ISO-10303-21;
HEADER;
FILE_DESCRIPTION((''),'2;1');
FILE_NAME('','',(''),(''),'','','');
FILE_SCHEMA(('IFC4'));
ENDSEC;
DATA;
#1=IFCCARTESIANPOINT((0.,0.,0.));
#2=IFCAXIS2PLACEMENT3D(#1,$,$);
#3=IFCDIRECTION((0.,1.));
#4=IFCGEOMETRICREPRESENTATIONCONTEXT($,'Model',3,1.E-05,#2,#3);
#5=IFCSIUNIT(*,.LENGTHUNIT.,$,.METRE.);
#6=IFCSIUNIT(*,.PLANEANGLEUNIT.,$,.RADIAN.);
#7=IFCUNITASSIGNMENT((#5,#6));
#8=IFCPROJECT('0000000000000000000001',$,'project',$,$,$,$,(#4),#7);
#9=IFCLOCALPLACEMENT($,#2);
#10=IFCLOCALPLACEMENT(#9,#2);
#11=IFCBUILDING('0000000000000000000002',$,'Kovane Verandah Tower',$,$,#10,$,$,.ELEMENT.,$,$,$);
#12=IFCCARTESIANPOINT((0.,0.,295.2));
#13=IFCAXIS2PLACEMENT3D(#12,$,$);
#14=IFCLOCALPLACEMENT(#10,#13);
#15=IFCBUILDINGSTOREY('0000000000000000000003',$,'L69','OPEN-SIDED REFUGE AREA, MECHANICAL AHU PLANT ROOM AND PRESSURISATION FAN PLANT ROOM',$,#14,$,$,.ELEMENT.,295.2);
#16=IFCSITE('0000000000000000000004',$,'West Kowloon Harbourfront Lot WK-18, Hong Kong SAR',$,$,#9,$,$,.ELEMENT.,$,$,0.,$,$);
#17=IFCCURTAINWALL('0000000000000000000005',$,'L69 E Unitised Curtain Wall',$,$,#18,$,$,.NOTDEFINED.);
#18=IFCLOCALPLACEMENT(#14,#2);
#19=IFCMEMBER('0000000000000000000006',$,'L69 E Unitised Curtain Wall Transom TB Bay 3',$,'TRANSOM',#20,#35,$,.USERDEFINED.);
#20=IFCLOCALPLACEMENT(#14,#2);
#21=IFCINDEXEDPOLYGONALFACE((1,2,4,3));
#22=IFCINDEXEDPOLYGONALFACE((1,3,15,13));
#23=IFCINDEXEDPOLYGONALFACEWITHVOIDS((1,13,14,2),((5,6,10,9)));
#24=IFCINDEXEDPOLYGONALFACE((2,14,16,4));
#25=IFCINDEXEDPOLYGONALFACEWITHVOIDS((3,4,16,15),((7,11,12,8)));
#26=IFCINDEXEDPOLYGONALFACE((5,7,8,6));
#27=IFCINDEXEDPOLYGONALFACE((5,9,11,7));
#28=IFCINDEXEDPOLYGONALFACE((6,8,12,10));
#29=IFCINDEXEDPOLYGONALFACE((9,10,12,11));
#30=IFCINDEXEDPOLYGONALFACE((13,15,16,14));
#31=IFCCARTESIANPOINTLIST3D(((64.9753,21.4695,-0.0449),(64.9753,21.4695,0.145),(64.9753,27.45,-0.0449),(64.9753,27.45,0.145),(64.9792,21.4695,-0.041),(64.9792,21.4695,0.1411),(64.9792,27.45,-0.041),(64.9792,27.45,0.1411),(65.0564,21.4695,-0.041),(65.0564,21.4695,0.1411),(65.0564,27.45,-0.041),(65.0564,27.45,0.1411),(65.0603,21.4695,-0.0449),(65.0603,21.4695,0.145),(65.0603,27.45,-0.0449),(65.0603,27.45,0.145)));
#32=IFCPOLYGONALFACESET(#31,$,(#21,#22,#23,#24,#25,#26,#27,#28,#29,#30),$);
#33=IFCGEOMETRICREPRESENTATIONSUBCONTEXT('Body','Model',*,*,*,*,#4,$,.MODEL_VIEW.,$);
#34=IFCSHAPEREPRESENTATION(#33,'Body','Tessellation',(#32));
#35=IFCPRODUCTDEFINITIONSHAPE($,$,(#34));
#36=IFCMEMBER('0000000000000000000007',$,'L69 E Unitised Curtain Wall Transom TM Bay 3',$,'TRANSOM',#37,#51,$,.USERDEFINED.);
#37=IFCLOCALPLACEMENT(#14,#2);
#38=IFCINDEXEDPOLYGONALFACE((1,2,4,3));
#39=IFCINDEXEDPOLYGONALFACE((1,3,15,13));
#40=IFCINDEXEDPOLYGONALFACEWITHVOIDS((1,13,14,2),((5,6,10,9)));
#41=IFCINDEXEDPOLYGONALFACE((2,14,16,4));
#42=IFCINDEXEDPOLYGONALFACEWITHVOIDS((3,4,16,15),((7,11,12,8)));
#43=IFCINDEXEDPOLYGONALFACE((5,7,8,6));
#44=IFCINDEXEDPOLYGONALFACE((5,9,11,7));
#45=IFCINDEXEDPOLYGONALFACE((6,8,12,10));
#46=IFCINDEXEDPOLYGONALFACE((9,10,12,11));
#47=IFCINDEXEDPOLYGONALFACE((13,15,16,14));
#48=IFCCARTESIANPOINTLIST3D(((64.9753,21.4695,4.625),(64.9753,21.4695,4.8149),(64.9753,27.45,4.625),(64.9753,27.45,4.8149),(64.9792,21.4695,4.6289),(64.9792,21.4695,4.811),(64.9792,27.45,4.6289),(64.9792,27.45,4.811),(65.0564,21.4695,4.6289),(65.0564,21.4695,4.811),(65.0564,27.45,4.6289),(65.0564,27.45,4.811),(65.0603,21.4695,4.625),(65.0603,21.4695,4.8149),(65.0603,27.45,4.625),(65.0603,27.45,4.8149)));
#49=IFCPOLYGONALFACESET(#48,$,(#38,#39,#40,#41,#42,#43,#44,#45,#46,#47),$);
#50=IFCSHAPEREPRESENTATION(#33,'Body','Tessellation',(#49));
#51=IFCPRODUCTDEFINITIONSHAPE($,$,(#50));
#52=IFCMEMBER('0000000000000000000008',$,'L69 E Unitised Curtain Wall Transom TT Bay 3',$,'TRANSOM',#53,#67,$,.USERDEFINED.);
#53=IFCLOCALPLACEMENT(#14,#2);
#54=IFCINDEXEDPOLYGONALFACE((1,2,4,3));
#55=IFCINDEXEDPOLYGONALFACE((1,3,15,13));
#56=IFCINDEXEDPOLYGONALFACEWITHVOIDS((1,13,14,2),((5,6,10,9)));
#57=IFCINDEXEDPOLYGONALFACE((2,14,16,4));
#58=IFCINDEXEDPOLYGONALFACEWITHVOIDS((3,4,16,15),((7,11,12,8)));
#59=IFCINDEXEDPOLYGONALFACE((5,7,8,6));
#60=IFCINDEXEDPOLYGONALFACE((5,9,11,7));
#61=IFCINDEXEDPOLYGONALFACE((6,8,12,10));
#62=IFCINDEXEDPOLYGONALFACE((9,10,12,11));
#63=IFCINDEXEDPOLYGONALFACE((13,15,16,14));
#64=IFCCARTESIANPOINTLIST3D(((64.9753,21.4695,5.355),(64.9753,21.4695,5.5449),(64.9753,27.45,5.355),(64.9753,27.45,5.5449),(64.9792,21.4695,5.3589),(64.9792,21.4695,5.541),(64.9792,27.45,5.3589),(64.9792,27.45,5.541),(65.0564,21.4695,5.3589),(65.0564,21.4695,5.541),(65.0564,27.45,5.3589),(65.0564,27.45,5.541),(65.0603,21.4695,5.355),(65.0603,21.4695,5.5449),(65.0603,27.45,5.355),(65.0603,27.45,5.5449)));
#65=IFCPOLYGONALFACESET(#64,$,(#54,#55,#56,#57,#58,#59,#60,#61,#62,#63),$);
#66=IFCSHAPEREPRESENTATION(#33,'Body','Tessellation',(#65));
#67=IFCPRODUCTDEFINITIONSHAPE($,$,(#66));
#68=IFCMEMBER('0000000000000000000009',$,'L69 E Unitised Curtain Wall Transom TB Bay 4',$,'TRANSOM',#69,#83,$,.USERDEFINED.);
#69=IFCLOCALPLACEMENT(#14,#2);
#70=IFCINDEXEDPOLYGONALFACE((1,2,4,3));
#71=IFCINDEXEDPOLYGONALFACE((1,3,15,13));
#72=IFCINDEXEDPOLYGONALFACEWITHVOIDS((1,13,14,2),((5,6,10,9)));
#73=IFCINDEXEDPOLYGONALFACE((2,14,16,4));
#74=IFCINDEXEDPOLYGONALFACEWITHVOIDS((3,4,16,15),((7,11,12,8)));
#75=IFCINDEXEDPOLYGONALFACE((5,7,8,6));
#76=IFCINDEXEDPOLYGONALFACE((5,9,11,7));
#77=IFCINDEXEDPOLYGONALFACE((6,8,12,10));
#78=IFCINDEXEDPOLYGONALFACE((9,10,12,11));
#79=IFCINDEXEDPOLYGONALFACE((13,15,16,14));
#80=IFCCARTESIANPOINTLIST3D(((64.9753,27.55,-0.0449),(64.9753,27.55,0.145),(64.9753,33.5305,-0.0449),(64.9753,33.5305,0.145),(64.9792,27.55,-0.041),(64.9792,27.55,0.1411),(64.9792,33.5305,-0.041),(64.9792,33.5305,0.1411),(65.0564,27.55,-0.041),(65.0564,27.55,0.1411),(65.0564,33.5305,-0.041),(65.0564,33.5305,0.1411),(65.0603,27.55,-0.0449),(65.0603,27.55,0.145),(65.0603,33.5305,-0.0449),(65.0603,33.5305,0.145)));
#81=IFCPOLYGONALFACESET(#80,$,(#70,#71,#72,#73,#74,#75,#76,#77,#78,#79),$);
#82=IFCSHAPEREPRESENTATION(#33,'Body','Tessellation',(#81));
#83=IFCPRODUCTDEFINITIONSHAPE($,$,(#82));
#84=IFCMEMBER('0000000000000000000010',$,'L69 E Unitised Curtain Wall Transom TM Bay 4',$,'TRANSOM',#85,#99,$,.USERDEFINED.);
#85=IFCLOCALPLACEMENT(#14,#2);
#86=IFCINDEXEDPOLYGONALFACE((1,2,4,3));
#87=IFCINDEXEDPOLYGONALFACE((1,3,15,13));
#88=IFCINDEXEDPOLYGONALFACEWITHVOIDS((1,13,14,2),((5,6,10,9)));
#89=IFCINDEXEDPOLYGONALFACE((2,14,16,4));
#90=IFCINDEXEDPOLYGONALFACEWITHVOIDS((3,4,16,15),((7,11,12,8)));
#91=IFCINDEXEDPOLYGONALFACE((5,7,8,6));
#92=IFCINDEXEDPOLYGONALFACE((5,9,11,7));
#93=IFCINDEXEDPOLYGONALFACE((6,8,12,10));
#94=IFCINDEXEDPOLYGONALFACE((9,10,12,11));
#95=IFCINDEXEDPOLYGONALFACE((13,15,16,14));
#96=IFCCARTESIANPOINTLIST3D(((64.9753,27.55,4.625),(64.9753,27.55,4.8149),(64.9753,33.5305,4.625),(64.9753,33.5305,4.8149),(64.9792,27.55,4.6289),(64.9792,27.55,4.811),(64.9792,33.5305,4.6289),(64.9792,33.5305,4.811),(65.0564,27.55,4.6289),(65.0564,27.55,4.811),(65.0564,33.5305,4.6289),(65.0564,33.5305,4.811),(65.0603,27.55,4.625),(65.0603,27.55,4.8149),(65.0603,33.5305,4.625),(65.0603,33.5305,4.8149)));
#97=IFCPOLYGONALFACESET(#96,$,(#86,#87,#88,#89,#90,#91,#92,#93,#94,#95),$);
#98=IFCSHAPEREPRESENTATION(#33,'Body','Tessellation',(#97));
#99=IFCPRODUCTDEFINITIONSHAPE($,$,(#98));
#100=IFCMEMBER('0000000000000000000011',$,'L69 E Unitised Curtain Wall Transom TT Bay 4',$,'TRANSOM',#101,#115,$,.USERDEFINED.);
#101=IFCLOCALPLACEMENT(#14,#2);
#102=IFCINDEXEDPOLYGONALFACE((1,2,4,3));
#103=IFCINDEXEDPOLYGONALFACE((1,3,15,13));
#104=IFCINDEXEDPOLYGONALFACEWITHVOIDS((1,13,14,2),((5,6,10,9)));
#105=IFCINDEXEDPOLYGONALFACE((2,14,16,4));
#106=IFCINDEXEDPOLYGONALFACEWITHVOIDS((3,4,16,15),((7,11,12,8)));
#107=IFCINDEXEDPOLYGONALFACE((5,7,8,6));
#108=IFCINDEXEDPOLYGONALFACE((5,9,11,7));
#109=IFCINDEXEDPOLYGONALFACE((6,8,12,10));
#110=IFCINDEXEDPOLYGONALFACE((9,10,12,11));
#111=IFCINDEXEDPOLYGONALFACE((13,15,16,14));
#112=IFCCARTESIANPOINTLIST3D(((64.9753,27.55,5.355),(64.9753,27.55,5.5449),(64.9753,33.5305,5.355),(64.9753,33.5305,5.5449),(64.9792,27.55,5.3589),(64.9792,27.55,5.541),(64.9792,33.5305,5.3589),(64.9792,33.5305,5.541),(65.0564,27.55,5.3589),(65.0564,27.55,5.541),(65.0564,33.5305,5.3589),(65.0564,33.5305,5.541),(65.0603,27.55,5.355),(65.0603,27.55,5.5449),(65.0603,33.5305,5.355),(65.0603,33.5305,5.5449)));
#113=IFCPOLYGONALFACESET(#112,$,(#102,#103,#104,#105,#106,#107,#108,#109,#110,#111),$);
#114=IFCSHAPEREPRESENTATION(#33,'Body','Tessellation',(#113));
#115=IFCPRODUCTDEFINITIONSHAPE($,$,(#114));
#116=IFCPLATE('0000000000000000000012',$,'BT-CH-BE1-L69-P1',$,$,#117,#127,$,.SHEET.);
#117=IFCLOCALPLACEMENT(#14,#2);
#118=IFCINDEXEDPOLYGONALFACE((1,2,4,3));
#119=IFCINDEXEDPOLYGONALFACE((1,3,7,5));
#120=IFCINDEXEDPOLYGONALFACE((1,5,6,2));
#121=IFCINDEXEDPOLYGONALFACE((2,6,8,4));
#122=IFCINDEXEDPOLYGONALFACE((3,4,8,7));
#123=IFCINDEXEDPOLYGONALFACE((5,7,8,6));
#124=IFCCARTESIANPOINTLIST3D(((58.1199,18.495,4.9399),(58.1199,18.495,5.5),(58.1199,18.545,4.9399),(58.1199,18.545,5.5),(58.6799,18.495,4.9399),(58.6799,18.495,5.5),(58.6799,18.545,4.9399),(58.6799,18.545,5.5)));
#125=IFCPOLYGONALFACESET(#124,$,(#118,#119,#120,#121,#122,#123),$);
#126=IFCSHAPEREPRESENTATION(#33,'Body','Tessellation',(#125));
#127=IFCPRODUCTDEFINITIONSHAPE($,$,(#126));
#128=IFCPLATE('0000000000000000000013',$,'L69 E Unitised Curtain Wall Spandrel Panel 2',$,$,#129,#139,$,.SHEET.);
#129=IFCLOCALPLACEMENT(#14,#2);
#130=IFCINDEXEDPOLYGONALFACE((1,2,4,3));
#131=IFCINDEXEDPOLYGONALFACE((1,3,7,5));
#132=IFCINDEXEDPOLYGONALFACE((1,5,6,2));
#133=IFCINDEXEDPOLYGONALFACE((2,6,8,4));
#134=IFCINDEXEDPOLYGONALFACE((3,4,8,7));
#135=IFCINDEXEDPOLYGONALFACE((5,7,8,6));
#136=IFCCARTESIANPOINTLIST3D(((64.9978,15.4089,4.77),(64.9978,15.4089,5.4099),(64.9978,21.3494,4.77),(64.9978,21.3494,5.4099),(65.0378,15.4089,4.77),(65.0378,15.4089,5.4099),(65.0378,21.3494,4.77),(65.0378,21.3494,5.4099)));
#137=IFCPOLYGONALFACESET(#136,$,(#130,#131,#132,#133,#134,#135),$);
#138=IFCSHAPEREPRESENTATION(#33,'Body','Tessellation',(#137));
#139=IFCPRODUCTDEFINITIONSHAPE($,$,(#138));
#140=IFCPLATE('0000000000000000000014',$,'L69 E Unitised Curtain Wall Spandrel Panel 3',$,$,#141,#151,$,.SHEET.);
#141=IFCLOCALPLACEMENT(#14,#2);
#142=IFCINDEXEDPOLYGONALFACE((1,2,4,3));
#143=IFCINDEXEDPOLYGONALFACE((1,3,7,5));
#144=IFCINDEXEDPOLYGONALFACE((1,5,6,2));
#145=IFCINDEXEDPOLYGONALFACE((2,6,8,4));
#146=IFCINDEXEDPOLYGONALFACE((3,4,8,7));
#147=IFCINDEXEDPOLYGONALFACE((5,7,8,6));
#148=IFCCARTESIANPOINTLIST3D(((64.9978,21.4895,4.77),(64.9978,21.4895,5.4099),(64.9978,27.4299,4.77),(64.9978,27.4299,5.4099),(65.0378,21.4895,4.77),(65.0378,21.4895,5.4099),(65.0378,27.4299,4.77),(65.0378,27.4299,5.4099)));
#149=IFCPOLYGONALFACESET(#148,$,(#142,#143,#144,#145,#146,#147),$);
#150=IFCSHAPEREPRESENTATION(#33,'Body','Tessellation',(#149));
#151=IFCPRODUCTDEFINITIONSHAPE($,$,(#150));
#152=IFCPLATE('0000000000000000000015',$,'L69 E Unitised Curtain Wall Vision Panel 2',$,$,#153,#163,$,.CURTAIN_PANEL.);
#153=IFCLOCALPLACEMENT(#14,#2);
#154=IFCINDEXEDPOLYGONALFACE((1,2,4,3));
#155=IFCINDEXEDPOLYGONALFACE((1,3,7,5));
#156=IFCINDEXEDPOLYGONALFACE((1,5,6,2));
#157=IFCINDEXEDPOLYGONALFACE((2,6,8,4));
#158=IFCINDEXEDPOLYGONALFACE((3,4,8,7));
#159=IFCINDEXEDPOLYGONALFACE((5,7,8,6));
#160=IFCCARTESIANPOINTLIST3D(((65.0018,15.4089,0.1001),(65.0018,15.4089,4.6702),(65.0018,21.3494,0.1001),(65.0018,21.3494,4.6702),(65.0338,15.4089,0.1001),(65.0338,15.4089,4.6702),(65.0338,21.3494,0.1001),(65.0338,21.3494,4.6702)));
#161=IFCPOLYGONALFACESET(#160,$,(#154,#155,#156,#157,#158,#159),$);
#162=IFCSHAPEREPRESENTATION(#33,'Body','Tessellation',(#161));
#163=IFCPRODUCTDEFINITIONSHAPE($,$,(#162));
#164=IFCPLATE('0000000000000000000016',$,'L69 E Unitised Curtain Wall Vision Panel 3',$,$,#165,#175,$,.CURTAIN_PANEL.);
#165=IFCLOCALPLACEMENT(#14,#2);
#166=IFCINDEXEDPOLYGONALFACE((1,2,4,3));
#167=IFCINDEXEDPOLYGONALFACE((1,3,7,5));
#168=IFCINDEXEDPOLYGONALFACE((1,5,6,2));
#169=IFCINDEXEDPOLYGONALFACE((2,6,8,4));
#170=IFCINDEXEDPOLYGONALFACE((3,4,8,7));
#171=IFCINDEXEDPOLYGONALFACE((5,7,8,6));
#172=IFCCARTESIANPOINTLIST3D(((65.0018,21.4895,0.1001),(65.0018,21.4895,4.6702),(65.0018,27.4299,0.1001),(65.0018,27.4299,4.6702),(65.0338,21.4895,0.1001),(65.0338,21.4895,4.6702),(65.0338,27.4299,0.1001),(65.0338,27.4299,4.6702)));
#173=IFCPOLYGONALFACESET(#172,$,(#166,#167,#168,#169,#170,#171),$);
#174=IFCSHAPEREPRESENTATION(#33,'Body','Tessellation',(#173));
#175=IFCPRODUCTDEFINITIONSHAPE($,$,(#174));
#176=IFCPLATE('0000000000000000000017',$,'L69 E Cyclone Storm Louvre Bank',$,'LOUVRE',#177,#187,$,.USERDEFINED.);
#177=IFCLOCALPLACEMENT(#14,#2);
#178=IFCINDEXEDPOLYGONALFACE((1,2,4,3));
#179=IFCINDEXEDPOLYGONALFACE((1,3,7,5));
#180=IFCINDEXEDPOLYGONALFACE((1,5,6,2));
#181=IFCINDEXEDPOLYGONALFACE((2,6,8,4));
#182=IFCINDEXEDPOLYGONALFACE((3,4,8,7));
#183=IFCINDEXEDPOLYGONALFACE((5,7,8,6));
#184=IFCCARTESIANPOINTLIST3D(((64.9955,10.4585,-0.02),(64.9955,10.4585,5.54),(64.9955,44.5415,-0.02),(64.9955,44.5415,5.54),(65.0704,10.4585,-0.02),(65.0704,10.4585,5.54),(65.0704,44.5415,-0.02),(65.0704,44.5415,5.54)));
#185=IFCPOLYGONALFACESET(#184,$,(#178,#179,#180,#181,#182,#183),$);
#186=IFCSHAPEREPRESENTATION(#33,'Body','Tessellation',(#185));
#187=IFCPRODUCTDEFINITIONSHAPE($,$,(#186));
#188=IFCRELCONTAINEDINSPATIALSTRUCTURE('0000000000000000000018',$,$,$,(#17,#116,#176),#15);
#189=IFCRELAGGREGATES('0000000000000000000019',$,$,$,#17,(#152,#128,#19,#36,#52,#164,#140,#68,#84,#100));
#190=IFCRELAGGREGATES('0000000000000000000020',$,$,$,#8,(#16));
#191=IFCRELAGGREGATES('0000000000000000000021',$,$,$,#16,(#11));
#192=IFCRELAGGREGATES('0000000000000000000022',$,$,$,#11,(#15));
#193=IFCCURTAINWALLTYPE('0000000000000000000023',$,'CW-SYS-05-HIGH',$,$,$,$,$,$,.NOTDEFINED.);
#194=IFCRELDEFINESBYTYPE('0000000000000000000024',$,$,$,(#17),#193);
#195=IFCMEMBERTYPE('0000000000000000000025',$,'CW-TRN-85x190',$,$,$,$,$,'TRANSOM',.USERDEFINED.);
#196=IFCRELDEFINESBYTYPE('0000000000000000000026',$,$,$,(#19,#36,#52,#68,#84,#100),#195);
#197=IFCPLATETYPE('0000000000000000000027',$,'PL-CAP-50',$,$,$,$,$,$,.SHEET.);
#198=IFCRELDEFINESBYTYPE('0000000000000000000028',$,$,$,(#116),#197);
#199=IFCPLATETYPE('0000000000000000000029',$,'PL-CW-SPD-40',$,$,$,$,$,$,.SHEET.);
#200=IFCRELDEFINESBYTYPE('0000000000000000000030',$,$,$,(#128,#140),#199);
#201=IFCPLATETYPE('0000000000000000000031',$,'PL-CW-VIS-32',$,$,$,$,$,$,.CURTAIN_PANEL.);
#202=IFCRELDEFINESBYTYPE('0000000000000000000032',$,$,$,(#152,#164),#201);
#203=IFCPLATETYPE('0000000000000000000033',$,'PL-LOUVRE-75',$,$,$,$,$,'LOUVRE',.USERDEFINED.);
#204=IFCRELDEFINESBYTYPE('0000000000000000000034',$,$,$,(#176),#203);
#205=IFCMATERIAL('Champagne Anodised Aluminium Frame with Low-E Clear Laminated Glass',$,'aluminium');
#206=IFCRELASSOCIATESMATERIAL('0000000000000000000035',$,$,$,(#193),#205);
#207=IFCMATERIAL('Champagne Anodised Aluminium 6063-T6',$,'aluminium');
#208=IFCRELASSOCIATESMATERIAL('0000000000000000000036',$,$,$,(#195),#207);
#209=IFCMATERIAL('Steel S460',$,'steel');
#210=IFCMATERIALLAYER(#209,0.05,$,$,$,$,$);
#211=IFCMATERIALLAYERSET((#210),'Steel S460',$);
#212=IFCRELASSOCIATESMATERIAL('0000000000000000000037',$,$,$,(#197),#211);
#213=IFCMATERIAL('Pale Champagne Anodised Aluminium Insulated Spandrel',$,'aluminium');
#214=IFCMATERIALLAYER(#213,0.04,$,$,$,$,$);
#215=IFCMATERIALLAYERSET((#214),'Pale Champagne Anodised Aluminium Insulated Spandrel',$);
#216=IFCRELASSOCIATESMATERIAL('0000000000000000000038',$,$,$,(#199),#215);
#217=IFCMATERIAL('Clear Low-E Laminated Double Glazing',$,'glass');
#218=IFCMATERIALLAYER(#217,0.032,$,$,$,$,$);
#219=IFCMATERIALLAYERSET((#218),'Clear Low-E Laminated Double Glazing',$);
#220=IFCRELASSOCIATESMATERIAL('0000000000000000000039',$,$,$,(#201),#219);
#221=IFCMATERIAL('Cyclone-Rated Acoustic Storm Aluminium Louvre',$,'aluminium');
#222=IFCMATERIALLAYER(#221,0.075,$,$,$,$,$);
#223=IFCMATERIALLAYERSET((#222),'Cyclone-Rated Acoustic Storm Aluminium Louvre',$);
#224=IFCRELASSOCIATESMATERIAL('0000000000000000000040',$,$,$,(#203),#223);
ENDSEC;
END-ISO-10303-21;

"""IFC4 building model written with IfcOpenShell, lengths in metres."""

from ifc_helpers import new_model, si_unit, direction, frame, origin, origin_2d, place, context, subcontext, project, spatial, rectangle, hollow_rectangle, extrude, material, layer, layer_set, material_profile, profile_set, type_object, element, aggregate, save


model = new_model("IFC4")

# Units and contexts
model_context = context("Model", 3, precision=1e-05, world=origin(), true_north=direction((0.0, 1.0)))
body_context = subcontext(model_context, "Body", "Model", "MODEL_VIEW")
ifc_project = project(units=[si_unit("LENGTHUNIT", "METRE"), si_unit("PLANEANGLEUNIT", "RADIAN")], contexts=[model_context])

# Site, building, storey
site_placement = place(None, origin())
site = spatial("IfcSite", under=ifc_project, at=site_placement, Name="West Kowloon Harbourfront Lot WK-18, Hong Kong SAR", CompositionType="ELEMENT", RefElevation=0.0)
building_placement = place(site_placement, origin())
building = spatial("IfcBuilding", under=site, at=building_placement, Name="Kovane Verandah Tower", CompositionType="ELEMENT")
storey_placement = place(building_placement, frame((0.0, 0.0, 295.2)))
storey = spatial("IfcBuildingStorey", under=building, at=storey_placement, Name="L69", Description="OPEN-SIDED REFUGE AREA, MECHANICAL AHU PLANT ROOM AND PRESSURISATION FAN PLANT ROOM", CompositionType="ELEMENT", Elevation=295.2)

# Shared definitions
ifc_material_1 = material(Name="Steel S460", Category="steel")

# Curtain wall, members
ifc_material_2 = material(Name="Champagne Anodised Aluminium Frame with Low-E Clear Laminated Glass", Category="aluminium")
curtain_wall_type = type_object("IfcCurtainWallType", Name="CW-SYS-05-HIGH", PredefinedType="NOTDEFINED", material=ifc_material_2)
curtain_wall_placement = place(storey_placement, origin())
curtain_wall = element("IfcCurtainWall", 1, at=curtain_wall_placement, inside=storey, type_object=curtain_wall_type, Name="L69 E Unitised Curtain Wall", PredefinedType="NOTDEFINED")
ifc_material_3 = material(Name="Champagne Anodised Aluminium 6063-T6", Category="aluminium")
ifc_material_profile_1 = material_profile(ifc_material_3, hollow_rectangle(XDim=0.085, YDim=0.1899, WallThickness=0.0039, at=origin_2d()), Name="AL85x190x4")
ifc_profile_set_1 = profile_set([ifc_material_profile_1], Name="Champagne Anodised Aluminium 6063-T6")
member_type_1 = type_object("IfcMemberType", Name="CW-TRN-85x190", ElementType="TRANSOM", PredefinedType="USERDEFINED", material=ifc_profile_set_1)
member_1_placement = place(storey_placement, frame((65.0178, 21.4695, 0.05), z_axis=(0.0, 1.0, 0.0), x_axis=(-1.0, 0.0, 0.0)))
member_1 = element("IfcMember", 2, at=member_1_placement, type_object=member_type_1, Name="L69 E Unitised Curtain Wall Transom TB Bay 3", ObjectType="TRANSOM", PredefinedType="USERDEFINED", context=body_context, shape_type="SweptSolid", body=[
    extrude(hollow_rectangle(XDim=0.085, YDim=0.1899, WallThickness=0.0039, at=origin_2d()), origin(), (0.0, 0.0, 1.0), 5.9805),
])
member_2_placement = place(storey_placement, frame((65.0178, 21.4695, 4.72), z_axis=(0.0, 1.0, 0.0), x_axis=(-1.0, 0.0, 0.0)))
member_2 = element("IfcMember", 3, at=member_2_placement, type_object=member_type_1, Name="L69 E Unitised Curtain Wall Transom TM Bay 3", ObjectType="TRANSOM", PredefinedType="USERDEFINED", context=body_context, shape_type="SweptSolid", body=[
    extrude(hollow_rectangle(XDim=0.085, YDim=0.1899, WallThickness=0.0039, at=origin_2d()), origin(), (0.0, 0.0, 1.0), 5.9805),
])
member_3_placement = place(storey_placement, frame((65.0178, 21.4695, 5.45), z_axis=(0.0, 1.0, 0.0), x_axis=(-1.0, 0.0, 0.0)))
member_3 = element("IfcMember", 4, at=member_3_placement, type_object=member_type_1, Name="L69 E Unitised Curtain Wall Transom TT Bay 3", ObjectType="TRANSOM", PredefinedType="USERDEFINED", context=body_context, shape_type="SweptSolid", body=[
    extrude(hollow_rectangle(XDim=0.085, YDim=0.1899, WallThickness=0.0039, at=origin_2d()), origin(), (0.0, 0.0, 1.0), 5.9805),
])
member_4_placement = place(storey_placement, frame((65.0178, 27.55, 0.05), z_axis=(0.0, 1.0, 0.0), x_axis=(-1.0, 0.0, 0.0)))
member_4 = element("IfcMember", 5, at=member_4_placement, type_object=member_type_1, Name="L69 E Unitised Curtain Wall Transom TB Bay 4", ObjectType="TRANSOM", PredefinedType="USERDEFINED", context=body_context, shape_type="SweptSolid", body=[
    extrude(hollow_rectangle(XDim=0.085, YDim=0.1899, WallThickness=0.0039, at=origin_2d()), origin(), (0.0, 0.0, 1.0), 5.9805),
])
member_5_placement = place(storey_placement, frame((65.0178, 27.55, 4.72), z_axis=(0.0, 1.0, 0.0), x_axis=(-1.0, 0.0, 0.0)))
member_5 = element("IfcMember", 6, at=member_5_placement, type_object=member_type_1, Name="L69 E Unitised Curtain Wall Transom TM Bay 4", ObjectType="TRANSOM", PredefinedType="USERDEFINED", context=body_context, shape_type="SweptSolid", body=[
    extrude(hollow_rectangle(XDim=0.085, YDim=0.1899, WallThickness=0.0039, at=origin_2d()), origin(), (0.0, 0.0, 1.0), 5.9805),
])
member_6_placement = place(storey_placement, frame((65.0178, 27.55, 5.45), z_axis=(0.0, 1.0, 0.0), x_axis=(-1.0, 0.0, 0.0)))
member_6 = element("IfcMember", 7, at=member_6_placement, type_object=member_type_1, Name="L69 E Unitised Curtain Wall Transom TT Bay 4", ObjectType="TRANSOM", PredefinedType="USERDEFINED", context=body_context, shape_type="SweptSolid", body=[
    extrude(hollow_rectangle(XDim=0.085, YDim=0.1899, WallThickness=0.0039, at=origin_2d()), origin(), (0.0, 0.0, 1.0), 5.9805),
])

# Plates
ifc_layer_1 = layer(ifc_material_1, 0.05)
ifc_layer_set_1 = layer_set([ifc_layer_1], Name="Steel S460")
plate_type_1 = type_object("IfcPlateType", Name="PL-CAP-50", PredefinedType="SHEET", material=ifc_layer_set_1)
plate_1_placement = place(storey_placement, frame((58.3999, 18.52, 4.9399), z_axis=(0.0, 0.0, 1.0), x_axis=(0.0, 1.0, 0.0)))
element("IfcPlate", 8, at=plate_1_placement, inside=storey, type_object=plate_type_1, Name="BT-CH-BE1-L69-P1", PredefinedType="SHEET", context=body_context, shape_type="SweptSolid", body=[
    extrude(rectangle(XDim=0.05, YDim=0.5601, at=origin_2d()), origin(), (0.0, 0.0, 1.0), 0.5601),
])
ifc_material_4 = material(Name="Pale Champagne Anodised Aluminium Insulated Spandrel", Category="aluminium")
ifc_layer_2 = layer(ifc_material_4, 0.04)
ifc_layer_set_2 = layer_set([ifc_layer_2], Name="Pale Champagne Anodised Aluminium Insulated Spandrel")
plate_type_2 = type_object("IfcPlateType", Name="PL-CW-SPD-40", PredefinedType="SHEET", material=ifc_layer_set_2)
plate_2_placement = place(storey_placement, frame((65.0178, 18.3792, 4.77), z_axis=(0.0, 0.0, 1.0), x_axis=(0.0, 1.0, 0.0)))
plate_2 = element("IfcPlate", 9, at=plate_2_placement, type_object=plate_type_2, Name="L69 E Unitised Curtain Wall Spandrel Panel 2", PredefinedType="SHEET", context=body_context, shape_type="SweptSolid", body=[
    extrude(rectangle(XDim=5.9404, YDim=0.04, at=origin_2d()), origin(), (0.0, 0.0, 1.0), 0.6399),
])
plate_3_placement = place(storey_placement, frame((65.0178, 24.4597, 4.77), z_axis=(0.0, 0.0, 1.0), x_axis=(0.0, 1.0, 0.0)))
plate_3 = element("IfcPlate", 10, at=plate_3_placement, type_object=plate_type_2, Name="L69 E Unitised Curtain Wall Spandrel Panel 3", PredefinedType="SHEET", context=body_context, shape_type="SweptSolid", body=[
    extrude(rectangle(XDim=5.9404, YDim=0.04, at=origin_2d()), origin(), (0.0, 0.0, 1.0), 0.6399),
])
ifc_material_5 = material(Name="Clear Low-E Laminated Double Glazing", Category="glass")
ifc_layer_3 = layer(ifc_material_5, 0.032)
ifc_layer_set_3 = layer_set([ifc_layer_3], Name="Clear Low-E Laminated Double Glazing")
plate_type_3 = type_object("IfcPlateType", Name="PL-CW-VIS-32", PredefinedType="CURTAIN_PANEL", material=ifc_layer_set_3)
plate_4_placement = place(storey_placement, frame((65.0178, 18.3792, 0.1001), z_axis=(0.0, 0.0, 1.0), x_axis=(0.0, 1.0, 0.0)))
plate_4 = element("IfcPlate", 11, at=plate_4_placement, type_object=plate_type_3, Name="L69 E Unitised Curtain Wall Vision Panel 2", PredefinedType="CURTAIN_PANEL", context=body_context, shape_type="SweptSolid", body=[
    extrude(rectangle(XDim=5.9404, YDim=0.032, at=origin_2d()), origin(), (0.0, 0.0, 1.0), 4.5701),
])
plate_5_placement = place(storey_placement, frame((65.0178, 24.4597, 0.1001), z_axis=(0.0, 0.0, 1.0), x_axis=(0.0, 1.0, 0.0)))
plate_5 = element("IfcPlate", 12, at=plate_5_placement, type_object=plate_type_3, Name="L69 E Unitised Curtain Wall Vision Panel 3", PredefinedType="CURTAIN_PANEL", context=body_context, shape_type="SweptSolid", body=[
    extrude(rectangle(XDim=5.9404, YDim=0.032, at=origin_2d()), origin(), (0.0, 0.0, 1.0), 4.5701),
])
aggregate(curtain_wall, [plate_4, plate_2, member_1, member_2, member_3, plate_5, plate_3, member_4, member_5, member_6])
ifc_material_6 = material(Name="Cyclone-Rated Acoustic Storm Aluminium Louvre", Category="aluminium")
ifc_layer_4 = layer(ifc_material_6, 0.075)
ifc_layer_set_4 = layer_set([ifc_layer_4], Name="Cyclone-Rated Acoustic Storm Aluminium Louvre")
plate_type_4 = type_object("IfcPlateType", Name="PL-LOUVRE-75", ElementType="LOUVRE", PredefinedType="USERDEFINED", material=ifc_layer_set_4)
plate_6_placement = place(storey_placement, frame((65.033, 27.5, -0.02), z_axis=(0.0, 0.0, 1.0), x_axis=(0.0, 1.0, 0.0)))
element("IfcPlate", 13, at=plate_6_placement, inside=storey, type_object=plate_type_4, Name="L69 E Cyclone Storm Louvre Bank", ObjectType="LOUVRE", PredefinedType="USERDEFINED", context=body_context, shape_type="SweptSolid", body=[
    extrude(rectangle(XDim=34.083, YDim=0.075, at=origin_2d()), origin(), (0.0, 0.0, 1.0), 5.5601),
])

save(model, "model.ifc")
